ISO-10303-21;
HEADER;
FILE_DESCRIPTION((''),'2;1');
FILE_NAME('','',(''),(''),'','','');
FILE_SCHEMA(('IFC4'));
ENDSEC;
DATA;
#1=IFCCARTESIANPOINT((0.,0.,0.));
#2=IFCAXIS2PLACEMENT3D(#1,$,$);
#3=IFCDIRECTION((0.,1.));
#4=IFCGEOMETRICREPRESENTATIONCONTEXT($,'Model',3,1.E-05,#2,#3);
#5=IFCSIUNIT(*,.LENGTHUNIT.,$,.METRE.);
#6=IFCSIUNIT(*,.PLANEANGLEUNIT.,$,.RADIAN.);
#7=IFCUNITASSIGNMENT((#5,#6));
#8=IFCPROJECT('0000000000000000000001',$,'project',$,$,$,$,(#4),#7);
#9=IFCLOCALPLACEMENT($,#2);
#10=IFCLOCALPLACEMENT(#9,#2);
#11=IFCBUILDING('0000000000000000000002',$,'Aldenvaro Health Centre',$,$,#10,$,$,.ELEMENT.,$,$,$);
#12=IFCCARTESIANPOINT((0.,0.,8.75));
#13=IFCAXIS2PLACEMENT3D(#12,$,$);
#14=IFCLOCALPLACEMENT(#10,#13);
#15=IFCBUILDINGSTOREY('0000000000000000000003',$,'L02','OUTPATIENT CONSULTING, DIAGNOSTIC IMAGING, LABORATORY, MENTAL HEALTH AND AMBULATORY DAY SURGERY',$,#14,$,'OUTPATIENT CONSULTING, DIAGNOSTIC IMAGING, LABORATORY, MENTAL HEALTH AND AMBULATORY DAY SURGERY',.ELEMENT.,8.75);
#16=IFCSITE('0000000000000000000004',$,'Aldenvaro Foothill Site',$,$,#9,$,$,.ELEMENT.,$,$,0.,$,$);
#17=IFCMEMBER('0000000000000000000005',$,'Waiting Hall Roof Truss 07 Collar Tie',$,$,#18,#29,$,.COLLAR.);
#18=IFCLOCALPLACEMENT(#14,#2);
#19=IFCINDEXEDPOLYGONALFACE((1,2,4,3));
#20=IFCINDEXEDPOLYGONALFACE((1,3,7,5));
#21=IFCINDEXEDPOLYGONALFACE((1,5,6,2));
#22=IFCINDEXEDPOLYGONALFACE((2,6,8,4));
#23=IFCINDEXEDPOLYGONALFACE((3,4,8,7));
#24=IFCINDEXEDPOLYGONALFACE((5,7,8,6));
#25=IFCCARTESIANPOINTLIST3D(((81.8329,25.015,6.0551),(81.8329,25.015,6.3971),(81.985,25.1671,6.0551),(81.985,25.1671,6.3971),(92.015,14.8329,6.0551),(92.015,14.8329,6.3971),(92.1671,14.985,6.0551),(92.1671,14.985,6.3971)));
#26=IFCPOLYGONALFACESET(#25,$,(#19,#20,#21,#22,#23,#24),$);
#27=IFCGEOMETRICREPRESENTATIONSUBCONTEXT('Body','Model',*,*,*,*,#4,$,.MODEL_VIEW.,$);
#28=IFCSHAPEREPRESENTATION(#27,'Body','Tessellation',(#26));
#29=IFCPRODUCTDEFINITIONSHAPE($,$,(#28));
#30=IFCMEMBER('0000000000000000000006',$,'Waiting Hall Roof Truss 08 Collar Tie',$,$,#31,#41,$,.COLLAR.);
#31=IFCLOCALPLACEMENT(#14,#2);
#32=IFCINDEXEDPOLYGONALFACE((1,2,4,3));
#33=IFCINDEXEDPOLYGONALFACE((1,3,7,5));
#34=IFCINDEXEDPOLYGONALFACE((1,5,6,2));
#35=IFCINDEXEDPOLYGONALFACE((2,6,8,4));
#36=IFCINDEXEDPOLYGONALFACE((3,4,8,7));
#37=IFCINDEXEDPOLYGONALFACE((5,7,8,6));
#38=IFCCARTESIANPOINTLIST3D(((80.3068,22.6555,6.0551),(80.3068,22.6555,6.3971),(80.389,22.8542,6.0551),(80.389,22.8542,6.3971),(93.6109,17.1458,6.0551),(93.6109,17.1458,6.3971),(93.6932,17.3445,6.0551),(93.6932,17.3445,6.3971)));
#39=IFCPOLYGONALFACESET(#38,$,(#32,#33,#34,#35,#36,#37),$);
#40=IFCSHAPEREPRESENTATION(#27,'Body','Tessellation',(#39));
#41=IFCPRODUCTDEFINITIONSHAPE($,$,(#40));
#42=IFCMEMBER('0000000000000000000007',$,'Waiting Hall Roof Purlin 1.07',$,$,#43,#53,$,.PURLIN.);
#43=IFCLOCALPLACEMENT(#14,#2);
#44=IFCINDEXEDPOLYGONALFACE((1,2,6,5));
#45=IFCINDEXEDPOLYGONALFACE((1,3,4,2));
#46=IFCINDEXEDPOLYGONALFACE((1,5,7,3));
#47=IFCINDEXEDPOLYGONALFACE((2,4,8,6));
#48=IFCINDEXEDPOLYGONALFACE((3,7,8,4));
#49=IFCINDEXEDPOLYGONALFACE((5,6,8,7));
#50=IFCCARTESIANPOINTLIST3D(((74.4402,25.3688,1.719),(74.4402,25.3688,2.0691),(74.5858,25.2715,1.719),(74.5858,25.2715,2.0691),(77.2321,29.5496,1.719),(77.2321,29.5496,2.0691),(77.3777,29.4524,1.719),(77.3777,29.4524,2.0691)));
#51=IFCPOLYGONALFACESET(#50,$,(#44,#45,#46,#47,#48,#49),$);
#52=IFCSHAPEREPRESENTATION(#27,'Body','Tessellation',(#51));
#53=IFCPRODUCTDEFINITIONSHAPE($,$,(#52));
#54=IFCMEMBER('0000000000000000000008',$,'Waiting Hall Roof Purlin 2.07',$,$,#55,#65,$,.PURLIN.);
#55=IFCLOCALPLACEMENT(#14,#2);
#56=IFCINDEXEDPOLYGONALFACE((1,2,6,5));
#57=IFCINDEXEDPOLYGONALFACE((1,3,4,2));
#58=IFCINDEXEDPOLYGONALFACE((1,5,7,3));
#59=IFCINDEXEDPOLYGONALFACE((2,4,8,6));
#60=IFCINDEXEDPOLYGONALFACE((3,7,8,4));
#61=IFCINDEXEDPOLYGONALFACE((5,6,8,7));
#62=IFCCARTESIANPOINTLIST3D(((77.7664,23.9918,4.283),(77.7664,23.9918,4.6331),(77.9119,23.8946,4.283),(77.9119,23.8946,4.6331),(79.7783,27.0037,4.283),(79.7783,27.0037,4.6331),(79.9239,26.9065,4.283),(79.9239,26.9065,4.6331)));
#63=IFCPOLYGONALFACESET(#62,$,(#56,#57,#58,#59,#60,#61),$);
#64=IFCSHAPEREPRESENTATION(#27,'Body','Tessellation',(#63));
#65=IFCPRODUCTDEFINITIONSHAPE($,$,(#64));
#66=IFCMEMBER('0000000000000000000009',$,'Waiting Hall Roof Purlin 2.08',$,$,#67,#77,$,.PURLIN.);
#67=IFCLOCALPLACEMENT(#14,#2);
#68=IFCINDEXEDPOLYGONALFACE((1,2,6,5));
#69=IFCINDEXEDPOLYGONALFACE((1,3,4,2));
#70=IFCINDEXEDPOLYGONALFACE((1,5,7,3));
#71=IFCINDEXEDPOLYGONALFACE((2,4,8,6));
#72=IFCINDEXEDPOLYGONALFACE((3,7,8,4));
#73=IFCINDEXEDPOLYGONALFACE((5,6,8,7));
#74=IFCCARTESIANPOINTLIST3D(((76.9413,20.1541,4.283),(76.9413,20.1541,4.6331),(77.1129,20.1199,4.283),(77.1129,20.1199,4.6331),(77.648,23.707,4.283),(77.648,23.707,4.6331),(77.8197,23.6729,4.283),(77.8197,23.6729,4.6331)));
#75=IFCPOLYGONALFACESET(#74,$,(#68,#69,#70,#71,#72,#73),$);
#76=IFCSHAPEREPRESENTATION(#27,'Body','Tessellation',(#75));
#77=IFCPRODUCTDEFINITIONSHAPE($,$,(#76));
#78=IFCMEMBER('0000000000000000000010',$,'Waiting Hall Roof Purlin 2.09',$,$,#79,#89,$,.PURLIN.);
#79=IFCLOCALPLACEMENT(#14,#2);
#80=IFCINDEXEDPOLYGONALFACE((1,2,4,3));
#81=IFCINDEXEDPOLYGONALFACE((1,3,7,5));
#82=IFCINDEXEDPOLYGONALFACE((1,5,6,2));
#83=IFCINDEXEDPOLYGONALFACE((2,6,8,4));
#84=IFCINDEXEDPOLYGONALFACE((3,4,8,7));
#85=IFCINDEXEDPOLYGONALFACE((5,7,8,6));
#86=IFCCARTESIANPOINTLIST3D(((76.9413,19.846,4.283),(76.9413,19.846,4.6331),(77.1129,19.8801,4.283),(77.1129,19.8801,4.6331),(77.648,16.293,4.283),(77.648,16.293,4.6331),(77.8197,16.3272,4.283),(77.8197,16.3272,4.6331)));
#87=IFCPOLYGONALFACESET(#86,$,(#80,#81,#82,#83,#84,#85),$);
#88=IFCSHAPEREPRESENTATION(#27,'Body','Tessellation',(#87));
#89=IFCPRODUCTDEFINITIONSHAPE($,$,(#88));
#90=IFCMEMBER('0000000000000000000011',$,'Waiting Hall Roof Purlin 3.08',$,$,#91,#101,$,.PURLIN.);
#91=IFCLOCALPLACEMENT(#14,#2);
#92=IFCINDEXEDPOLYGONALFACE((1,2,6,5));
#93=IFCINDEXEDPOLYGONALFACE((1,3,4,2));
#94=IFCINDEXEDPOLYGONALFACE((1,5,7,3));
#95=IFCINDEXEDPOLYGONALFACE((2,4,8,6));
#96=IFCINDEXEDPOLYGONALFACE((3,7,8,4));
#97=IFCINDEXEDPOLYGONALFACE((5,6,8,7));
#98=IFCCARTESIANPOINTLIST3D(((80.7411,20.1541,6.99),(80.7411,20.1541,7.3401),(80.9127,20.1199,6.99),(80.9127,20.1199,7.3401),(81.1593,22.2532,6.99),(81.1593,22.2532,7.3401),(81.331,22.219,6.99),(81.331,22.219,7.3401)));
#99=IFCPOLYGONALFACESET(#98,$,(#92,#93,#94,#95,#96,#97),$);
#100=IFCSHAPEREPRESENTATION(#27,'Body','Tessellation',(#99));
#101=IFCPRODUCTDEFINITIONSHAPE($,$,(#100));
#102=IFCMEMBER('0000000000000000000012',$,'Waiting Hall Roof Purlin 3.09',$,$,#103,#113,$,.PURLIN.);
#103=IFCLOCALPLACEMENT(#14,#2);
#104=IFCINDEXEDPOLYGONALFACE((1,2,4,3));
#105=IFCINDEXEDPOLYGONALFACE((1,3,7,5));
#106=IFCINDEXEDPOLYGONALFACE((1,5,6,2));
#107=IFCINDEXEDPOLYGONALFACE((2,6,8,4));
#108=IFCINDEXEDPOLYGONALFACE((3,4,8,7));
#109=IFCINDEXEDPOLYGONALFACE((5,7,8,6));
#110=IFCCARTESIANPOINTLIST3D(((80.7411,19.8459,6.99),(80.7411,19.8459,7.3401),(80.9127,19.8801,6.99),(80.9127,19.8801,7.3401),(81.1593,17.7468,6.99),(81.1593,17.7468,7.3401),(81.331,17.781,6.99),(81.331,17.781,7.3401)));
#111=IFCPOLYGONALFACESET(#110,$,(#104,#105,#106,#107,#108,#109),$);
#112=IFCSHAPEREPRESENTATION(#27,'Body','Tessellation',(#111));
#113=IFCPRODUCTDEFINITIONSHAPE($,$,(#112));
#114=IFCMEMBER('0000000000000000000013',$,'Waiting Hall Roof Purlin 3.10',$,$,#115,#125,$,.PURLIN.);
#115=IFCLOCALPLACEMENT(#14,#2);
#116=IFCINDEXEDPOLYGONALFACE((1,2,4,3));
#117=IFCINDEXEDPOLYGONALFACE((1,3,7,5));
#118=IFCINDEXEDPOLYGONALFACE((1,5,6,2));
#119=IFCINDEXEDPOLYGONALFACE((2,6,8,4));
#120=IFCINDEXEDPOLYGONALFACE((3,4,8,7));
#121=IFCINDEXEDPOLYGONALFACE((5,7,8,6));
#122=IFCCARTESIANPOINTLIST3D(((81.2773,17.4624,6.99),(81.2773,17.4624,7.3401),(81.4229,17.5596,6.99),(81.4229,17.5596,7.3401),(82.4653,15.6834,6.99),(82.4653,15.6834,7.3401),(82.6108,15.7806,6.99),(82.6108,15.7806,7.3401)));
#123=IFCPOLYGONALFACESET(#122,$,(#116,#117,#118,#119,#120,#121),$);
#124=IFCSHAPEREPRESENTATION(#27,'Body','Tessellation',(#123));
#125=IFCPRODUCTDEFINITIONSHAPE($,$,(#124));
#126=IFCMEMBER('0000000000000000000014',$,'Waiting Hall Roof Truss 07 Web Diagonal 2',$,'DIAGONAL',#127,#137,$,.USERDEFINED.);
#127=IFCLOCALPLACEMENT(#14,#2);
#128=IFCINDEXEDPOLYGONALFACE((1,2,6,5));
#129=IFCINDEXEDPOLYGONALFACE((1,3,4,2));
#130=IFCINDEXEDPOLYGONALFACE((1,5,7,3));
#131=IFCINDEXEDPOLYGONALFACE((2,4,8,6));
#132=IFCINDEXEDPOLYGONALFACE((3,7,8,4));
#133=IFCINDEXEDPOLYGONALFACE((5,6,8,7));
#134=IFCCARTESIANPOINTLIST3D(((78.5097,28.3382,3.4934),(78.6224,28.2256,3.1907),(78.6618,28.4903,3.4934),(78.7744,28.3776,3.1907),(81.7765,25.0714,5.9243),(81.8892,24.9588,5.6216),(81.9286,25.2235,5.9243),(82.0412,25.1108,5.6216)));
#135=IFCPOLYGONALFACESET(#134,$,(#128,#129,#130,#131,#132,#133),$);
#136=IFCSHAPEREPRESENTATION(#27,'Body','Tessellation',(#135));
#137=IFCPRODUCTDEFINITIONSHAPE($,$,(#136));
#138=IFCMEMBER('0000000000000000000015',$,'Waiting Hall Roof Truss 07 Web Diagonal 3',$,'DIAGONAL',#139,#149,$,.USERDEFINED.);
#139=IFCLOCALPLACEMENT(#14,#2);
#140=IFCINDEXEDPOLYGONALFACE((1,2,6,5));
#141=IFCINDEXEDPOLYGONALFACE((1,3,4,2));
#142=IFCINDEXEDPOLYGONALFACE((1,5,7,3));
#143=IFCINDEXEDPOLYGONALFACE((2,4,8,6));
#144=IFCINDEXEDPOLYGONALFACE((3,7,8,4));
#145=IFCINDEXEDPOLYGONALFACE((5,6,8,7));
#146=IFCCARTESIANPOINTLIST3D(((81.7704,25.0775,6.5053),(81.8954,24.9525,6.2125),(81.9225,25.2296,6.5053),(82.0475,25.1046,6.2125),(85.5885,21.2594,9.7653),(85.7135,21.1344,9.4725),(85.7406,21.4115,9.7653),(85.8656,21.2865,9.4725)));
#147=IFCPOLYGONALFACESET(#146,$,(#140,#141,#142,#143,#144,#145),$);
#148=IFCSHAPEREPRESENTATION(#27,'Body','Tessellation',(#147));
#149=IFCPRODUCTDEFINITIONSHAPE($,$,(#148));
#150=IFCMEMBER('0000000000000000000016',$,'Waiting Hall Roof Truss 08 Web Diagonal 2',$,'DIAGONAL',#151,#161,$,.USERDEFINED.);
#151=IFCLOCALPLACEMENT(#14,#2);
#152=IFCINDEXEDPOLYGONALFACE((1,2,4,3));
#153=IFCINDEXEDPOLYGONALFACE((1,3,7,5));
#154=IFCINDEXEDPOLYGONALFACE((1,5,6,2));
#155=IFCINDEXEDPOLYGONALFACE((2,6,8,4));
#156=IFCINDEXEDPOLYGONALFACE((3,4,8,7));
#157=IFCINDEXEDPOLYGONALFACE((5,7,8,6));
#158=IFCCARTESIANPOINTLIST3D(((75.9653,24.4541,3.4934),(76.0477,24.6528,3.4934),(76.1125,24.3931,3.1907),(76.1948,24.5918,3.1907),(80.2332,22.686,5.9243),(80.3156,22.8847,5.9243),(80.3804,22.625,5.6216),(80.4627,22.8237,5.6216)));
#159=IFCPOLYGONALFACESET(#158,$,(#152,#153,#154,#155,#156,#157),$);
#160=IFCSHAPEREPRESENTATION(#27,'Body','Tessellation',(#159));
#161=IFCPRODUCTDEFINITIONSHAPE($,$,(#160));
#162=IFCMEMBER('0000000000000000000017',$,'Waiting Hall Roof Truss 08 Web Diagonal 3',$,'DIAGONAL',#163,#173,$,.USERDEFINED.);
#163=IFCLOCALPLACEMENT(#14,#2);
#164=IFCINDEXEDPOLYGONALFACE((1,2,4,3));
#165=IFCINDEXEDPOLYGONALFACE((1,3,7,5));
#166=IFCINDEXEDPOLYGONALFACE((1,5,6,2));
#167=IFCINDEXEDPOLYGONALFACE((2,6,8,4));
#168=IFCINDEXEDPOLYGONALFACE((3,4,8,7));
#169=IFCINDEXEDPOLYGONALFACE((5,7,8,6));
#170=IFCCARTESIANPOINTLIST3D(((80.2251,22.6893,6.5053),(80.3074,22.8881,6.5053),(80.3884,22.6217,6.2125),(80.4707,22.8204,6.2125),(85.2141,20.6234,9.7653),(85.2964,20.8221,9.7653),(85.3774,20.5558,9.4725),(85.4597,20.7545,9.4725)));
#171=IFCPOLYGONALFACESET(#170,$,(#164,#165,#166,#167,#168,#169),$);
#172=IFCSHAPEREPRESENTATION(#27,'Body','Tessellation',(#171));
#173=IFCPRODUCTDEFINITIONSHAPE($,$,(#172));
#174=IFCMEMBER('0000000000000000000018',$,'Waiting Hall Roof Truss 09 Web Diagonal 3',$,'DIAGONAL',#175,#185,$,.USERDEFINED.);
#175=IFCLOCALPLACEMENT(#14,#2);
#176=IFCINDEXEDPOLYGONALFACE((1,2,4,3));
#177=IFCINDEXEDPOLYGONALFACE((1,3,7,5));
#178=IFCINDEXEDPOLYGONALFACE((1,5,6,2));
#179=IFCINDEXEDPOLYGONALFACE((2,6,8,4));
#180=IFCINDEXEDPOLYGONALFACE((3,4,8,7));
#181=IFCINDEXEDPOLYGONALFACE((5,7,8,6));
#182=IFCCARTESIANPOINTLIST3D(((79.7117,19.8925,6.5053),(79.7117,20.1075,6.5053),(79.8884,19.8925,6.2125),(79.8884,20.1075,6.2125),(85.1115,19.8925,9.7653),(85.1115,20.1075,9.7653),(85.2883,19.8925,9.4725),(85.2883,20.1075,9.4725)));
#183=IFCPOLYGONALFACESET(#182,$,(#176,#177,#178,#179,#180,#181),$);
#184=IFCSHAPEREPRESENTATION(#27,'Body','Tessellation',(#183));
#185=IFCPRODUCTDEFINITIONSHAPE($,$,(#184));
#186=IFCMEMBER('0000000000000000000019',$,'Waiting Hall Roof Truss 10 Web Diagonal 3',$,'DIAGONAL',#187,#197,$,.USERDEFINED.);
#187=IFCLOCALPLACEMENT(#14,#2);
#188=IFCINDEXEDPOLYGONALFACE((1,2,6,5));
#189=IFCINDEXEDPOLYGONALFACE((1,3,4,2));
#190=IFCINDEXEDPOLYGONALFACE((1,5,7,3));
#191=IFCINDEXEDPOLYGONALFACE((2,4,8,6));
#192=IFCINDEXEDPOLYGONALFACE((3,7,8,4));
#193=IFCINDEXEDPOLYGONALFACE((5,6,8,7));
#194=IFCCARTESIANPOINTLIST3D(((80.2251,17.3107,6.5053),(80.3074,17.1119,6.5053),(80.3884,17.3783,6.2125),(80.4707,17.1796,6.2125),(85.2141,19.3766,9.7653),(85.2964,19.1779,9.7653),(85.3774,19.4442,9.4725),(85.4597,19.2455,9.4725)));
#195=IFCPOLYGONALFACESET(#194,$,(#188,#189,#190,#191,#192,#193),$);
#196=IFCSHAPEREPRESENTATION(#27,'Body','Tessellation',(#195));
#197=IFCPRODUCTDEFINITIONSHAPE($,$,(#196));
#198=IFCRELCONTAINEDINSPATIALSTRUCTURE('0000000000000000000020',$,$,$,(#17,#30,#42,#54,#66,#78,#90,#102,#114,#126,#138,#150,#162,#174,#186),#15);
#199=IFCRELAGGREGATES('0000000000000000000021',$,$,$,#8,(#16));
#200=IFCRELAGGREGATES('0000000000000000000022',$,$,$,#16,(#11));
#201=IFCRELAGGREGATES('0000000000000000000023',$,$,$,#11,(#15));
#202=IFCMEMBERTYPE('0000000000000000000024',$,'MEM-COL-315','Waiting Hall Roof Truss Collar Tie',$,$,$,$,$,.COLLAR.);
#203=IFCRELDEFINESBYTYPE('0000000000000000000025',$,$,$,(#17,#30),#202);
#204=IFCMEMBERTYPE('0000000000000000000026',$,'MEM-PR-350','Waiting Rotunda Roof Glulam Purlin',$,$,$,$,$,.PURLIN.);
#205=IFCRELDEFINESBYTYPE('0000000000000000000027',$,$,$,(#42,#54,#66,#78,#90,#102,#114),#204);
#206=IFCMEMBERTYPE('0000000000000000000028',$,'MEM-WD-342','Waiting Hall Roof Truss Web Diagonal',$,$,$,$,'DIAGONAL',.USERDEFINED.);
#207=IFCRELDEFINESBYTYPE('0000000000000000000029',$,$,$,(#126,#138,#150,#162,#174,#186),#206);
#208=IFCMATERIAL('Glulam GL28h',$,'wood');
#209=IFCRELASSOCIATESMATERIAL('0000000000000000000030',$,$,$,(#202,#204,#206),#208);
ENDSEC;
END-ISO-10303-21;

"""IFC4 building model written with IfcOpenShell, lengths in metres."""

from ifc_helpers import new_model, si_unit, direction, frame, origin, origin_2d, place, context, subcontext, project, spatial, rectangle, extrude, material, material_profile, profile_set, type_object, element, save


model = new_model("IFC4")

# Units and contexts
model_context = context("Model", 3, precision=1e-05, world=origin(), true_north=direction((0.0, 1.0)))
body_context = subcontext(model_context, "Body", "Model", "MODEL_VIEW")
ifc_project = project(units=[si_unit("LENGTHUNIT", "METRE"), si_unit("PLANEANGLEUNIT", "RADIAN")], contexts=[model_context])

# Site, building, storey
site_placement = place(None, origin())
site = spatial("IfcSite", under=ifc_project, at=site_placement, Name="Aldenvaro Foothill Site", CompositionType="ELEMENT", RefElevation=0.0)
building_placement = place(site_placement, origin())
building = spatial("IfcBuilding", under=site, at=building_placement, Name="Aldenvaro Health Centre", CompositionType="ELEMENT")
storey_placement = place(building_placement, frame((0.0, 0.0, 8.75)))
storey = spatial("IfcBuildingStorey", under=building, at=storey_placement, Name="L02", Description="OUTPATIENT CONSULTING, DIAGNOSTIC IMAGING, LABORATORY, MENTAL HEALTH AND AMBULATORY DAY SURGERY", LongName="OUTPATIENT CONSULTING, DIAGNOSTIC IMAGING, LABORATORY, MENTAL HEALTH AND AMBULATORY DAY SURGERY", CompositionType="ELEMENT", Elevation=8.75)

# Members
ifc_material_1 = material(Name="Glulam GL28h", Category="wood")
ifc_material_profile_1 = material_profile(ifc_material_1, rectangle(XDim=0.2151, YDim=0.342, at=origin_2d()), Name="GL 215x342", Category="wood")
ifc_profile_set_1 = profile_set([ifc_material_profile_1], Name="Glulam GL28h")
member_type_1 = type_object("IfcMemberType", Name="MEM-COL-315", Description="Waiting Hall Roof Truss Collar Tie", PredefinedType="COLLAR", material=ifc_profile_set_1)
member_1_placement = place(storey_placement, frame((81.9089, 25.0911, 6.2261), z_axis=(0.707107, -0.707107, 0.0), x_axis=(0.707107, 0.707107, 0.0)))
element("IfcMember", 1, at=member_1_placement, inside=storey, type_object=member_type_1, Name="Waiting Hall Roof Truss 07 Collar Tie", PredefinedType="COLLAR", context=body_context, shape_type="SweptSolid", body=[
    extrude(rectangle(XDim=0.2151, YDim=0.342, at=origin_2d()), origin(), (0.0, 0.0, 1.0), 14.3997),
])
member_2_placement = place(storey_placement, frame((80.3479, 22.7549, 6.2261), z_axis=(0.923904, -0.382623, 0.0), x_axis=(0.382623, 0.923904, 0.0)))
element("IfcMember", 2, at=member_2_placement, inside=storey, type_object=member_type_1, Name="Waiting Hall Roof Truss 08 Collar Tie", PredefinedType="COLLAR", context=body_context, shape_type="SweptSolid", body=[
    extrude(rectangle(XDim=0.2151, YDim=0.342, at=origin_2d()), origin(), (0.0, 0.0, 1.0), 14.3999),
])
ifc_material_profile_2 = material_profile(ifc_material_1, rectangle(XDim=0.175, YDim=0.3501, at=origin_2d()), Name="GL 175x350", Category="wood")
ifc_profile_set_2 = profile_set([ifc_material_profile_2], Name="Glulam GL28h")
member_type_2 = type_object("IfcMemberType", Name="MEM-PR-350", Description="Waiting Rotunda Roof Glulam Purlin", PredefinedType="PURLIN", material=ifc_profile_set_2)
member_3_placement = place(storey_placement, frame((77.3049, 29.501, 1.894), z_axis=(-0.55535, -0.831617, 0.0), x_axis=(0.831617, -0.55535, 0.0)))
element("IfcMember", 3, at=member_3_placement, inside=storey, type_object=member_type_2, Name="Waiting Hall Roof Purlin 1.07", PredefinedType="PURLIN", context=body_context, shape_type="SweptSolid", body=[
    extrude(rectangle(XDim=0.175, YDim=0.3501, at=origin_2d()), origin(), (0.0, 0.0, 1.0), 5.0273),
])
member_4_placement = place(storey_placement, frame((79.8511, 26.9551, 4.458), z_axis=(-0.555462, -0.831542, 0.0), x_axis=(0.831542, -0.555462, 0.0)))
element("IfcMember", 4, at=member_4_placement, inside=storey, type_object=member_type_2, Name="Waiting Hall Roof Purlin 2.07", PredefinedType="PURLIN", context=body_context, shape_type="SweptSolid", body=[
    extrude(rectangle(XDim=0.175, YDim=0.3501, at=origin_2d()), origin(), (0.0, 0.0, 1.0), 3.6221),
])
for number, where, z_axis, x_axis, name in (
    (5, (77.7339, 23.6899, 4.458), (-0.195105, -0.980782, 0.0), (0.980782, -0.195105, 0.0), "Waiting Hall Roof Purlin 2.08"),
    (6, (77.0271, 19.863, 4.458), (0.195105, -0.980782, 0.0), (0.980782, 0.195105, 0.0), "Waiting Hall Roof Purlin 2.09"),
):
    element("IfcMember", number, at=place(storey_placement, frame(where, z_axis=z_axis, x_axis=x_axis)), inside=storey, type_object=member_type_2, Name=name, PredefinedType="PURLIN", context=body_context, shape_type="SweptSolid", body=[
        extrude(rectangle(XDim=0.175, YDim=0.3501, at=origin_2d()), origin(), (0.0, 0.0, 1.0), 3.6226),
    ])
for number, where, z_axis, x_axis, name in (
    (7, (81.2451, 22.2361, 7.165), (-0.195392, -0.980725, 0.0), (0.980725, -0.195392, 0.0), "Waiting Hall Roof Purlin 3.08"),
    (8, (80.8269, 19.863, 7.165), (0.195392, -0.980725, 0.0), (0.980725, 0.195392, 0.0), "Waiting Hall Roof Purlin 3.09"),
):
    element("IfcMember", number, at=place(storey_placement, frame(where, z_axis=z_axis, x_axis=x_axis)), inside=storey, type_object=member_type_2, Name=name, PredefinedType="PURLIN", context=body_context, shape_type="SweptSolid", body=[
        extrude(rectangle(XDim=0.175, YDim=0.3501, at=origin_2d()), origin(), (0.0, 0.0, 1.0), 2.1404),
    ])
member_5_placement = place(storey_placement, frame((81.3501, 17.511, 7.165), z_axis=(0.555332, -0.831629, 0.0), x_axis=(0.831629, 0.555332, 0.0)))
element("IfcMember", 9, at=member_5_placement, inside=storey, type_object=member_type_2, Name="Waiting Hall Roof Purlin 3.10", PredefinedType="PURLIN", context=body_context, shape_type="SweptSolid", body=[
    extrude(rectangle(XDim=0.175, YDim=0.3501, at=origin_2d()), origin(), (0.0, 0.0, 1.0), 2.1392),
])
ifc_material_profile_3 = material_profile(ifc_material_1, rectangle(XDim=0.2151, YDim=0.342, at=origin_2d()), Name="GL 215x342", Category="wood")
ifc_profile_set_3 = profile_set([ifc_material_profile_3], Name="Glulam GL28h")
member_type_3 = type_object("IfcMemberType", Name="MEM-WD-342", Description="Waiting Hall Roof Truss Web Diagonal", ElementType="DIAGONAL", PredefinedType="USERDEFINED", material=ifc_profile_set_3)
member_6_placement = place(storey_placement, frame((78.6421, 28.3579, 3.342), z_axis=(0.62577, -0.62577, 0.465644), x_axis=(0.707107, 0.707107, 0.0)))
element("IfcMember", 10, at=member_6_placement, inside=storey, type_object=member_type_3, Name="Waiting Hall Roof Truss 07 Web Diagonal 2", ObjectType="DIAGONAL", PredefinedType="USERDEFINED", context=body_context, shape_type="SweptSolid", body=[
    extrude(rectangle(XDim=0.2151, YDim=0.342, at=origin_2d()), origin(), (0.0, 0.0, 1.0), 5.2205),
])
member_7_placement = place(storey_placement, frame((81.9089, 25.0911, 6.3589), z_axis=(0.605336, -0.605336, 0.516852), x_axis=(0.707107, 0.707107, 0.0)))
element("IfcMember", 11, at=member_7_placement, inside=storey, type_object=member_type_3, Name="Waiting Hall Roof Truss 07 Web Diagonal 3", ObjectType="DIAGONAL", PredefinedType="USERDEFINED", context=body_context, shape_type="SweptSolid", body=[
    extrude(rectangle(XDim=0.2151, YDim=0.342, at=origin_2d()), origin(), (0.0, 0.0, 1.0), 6.3074),
])
member_8_placement = place(storey_placement, frame((76.0801, 24.5229, 3.342), z_axis=(0.817571, -0.338702, 0.46568), x_axis=(0.382735, 0.923858, 0.0)))
element("IfcMember", 12, at=member_8_placement, inside=storey, type_object=member_type_3, Name="Waiting Hall Roof Truss 08 Web Diagonal 2", ObjectType="DIAGONAL", PredefinedType="USERDEFINED", context=body_context, shape_type="SweptSolid", body=[
    extrude(rectangle(XDim=0.2151, YDim=0.342, at=origin_2d()), origin(), (0.0, 0.0, 1.0), 5.2202),
])
for number, where, z_axis, x_axis, name in (
    (13, (80.3479, 22.7549, 6.3589), (0.790952, -0.327528, 0.516838), (0.382589, 0.923919, 0.0), "Waiting Hall Roof Truss 08 Web Diagonal 3"),
    (14, (79.8, 20.0, 6.3589), (0.856086, 0.0, 0.516833), (0.0, 1.0, 0.0), "Waiting Hall Roof Truss 09 Web Diagonal 3"),
    (15, (80.3479, 17.2451, 6.3589), (0.790952, 0.327528, 0.516838), (-0.382589, 0.923919, 0.0), "Waiting Hall Roof Truss 10 Web Diagonal 3"),
):
    element("IfcMember", number, at=place(storey_placement, frame(where, z_axis=z_axis, x_axis=x_axis)), inside=storey, type_object=member_type_3, Name=name, ObjectType="DIAGONAL", PredefinedType="USERDEFINED", context=body_context, shape_type="SweptSolid", body=[
        extrude(rectangle(XDim=0.2151, YDim=0.342, at=origin_2d()), origin(), (0.0, 0.0, 1.0), 6.3076),
    ])

save(model, "model.ifc")
